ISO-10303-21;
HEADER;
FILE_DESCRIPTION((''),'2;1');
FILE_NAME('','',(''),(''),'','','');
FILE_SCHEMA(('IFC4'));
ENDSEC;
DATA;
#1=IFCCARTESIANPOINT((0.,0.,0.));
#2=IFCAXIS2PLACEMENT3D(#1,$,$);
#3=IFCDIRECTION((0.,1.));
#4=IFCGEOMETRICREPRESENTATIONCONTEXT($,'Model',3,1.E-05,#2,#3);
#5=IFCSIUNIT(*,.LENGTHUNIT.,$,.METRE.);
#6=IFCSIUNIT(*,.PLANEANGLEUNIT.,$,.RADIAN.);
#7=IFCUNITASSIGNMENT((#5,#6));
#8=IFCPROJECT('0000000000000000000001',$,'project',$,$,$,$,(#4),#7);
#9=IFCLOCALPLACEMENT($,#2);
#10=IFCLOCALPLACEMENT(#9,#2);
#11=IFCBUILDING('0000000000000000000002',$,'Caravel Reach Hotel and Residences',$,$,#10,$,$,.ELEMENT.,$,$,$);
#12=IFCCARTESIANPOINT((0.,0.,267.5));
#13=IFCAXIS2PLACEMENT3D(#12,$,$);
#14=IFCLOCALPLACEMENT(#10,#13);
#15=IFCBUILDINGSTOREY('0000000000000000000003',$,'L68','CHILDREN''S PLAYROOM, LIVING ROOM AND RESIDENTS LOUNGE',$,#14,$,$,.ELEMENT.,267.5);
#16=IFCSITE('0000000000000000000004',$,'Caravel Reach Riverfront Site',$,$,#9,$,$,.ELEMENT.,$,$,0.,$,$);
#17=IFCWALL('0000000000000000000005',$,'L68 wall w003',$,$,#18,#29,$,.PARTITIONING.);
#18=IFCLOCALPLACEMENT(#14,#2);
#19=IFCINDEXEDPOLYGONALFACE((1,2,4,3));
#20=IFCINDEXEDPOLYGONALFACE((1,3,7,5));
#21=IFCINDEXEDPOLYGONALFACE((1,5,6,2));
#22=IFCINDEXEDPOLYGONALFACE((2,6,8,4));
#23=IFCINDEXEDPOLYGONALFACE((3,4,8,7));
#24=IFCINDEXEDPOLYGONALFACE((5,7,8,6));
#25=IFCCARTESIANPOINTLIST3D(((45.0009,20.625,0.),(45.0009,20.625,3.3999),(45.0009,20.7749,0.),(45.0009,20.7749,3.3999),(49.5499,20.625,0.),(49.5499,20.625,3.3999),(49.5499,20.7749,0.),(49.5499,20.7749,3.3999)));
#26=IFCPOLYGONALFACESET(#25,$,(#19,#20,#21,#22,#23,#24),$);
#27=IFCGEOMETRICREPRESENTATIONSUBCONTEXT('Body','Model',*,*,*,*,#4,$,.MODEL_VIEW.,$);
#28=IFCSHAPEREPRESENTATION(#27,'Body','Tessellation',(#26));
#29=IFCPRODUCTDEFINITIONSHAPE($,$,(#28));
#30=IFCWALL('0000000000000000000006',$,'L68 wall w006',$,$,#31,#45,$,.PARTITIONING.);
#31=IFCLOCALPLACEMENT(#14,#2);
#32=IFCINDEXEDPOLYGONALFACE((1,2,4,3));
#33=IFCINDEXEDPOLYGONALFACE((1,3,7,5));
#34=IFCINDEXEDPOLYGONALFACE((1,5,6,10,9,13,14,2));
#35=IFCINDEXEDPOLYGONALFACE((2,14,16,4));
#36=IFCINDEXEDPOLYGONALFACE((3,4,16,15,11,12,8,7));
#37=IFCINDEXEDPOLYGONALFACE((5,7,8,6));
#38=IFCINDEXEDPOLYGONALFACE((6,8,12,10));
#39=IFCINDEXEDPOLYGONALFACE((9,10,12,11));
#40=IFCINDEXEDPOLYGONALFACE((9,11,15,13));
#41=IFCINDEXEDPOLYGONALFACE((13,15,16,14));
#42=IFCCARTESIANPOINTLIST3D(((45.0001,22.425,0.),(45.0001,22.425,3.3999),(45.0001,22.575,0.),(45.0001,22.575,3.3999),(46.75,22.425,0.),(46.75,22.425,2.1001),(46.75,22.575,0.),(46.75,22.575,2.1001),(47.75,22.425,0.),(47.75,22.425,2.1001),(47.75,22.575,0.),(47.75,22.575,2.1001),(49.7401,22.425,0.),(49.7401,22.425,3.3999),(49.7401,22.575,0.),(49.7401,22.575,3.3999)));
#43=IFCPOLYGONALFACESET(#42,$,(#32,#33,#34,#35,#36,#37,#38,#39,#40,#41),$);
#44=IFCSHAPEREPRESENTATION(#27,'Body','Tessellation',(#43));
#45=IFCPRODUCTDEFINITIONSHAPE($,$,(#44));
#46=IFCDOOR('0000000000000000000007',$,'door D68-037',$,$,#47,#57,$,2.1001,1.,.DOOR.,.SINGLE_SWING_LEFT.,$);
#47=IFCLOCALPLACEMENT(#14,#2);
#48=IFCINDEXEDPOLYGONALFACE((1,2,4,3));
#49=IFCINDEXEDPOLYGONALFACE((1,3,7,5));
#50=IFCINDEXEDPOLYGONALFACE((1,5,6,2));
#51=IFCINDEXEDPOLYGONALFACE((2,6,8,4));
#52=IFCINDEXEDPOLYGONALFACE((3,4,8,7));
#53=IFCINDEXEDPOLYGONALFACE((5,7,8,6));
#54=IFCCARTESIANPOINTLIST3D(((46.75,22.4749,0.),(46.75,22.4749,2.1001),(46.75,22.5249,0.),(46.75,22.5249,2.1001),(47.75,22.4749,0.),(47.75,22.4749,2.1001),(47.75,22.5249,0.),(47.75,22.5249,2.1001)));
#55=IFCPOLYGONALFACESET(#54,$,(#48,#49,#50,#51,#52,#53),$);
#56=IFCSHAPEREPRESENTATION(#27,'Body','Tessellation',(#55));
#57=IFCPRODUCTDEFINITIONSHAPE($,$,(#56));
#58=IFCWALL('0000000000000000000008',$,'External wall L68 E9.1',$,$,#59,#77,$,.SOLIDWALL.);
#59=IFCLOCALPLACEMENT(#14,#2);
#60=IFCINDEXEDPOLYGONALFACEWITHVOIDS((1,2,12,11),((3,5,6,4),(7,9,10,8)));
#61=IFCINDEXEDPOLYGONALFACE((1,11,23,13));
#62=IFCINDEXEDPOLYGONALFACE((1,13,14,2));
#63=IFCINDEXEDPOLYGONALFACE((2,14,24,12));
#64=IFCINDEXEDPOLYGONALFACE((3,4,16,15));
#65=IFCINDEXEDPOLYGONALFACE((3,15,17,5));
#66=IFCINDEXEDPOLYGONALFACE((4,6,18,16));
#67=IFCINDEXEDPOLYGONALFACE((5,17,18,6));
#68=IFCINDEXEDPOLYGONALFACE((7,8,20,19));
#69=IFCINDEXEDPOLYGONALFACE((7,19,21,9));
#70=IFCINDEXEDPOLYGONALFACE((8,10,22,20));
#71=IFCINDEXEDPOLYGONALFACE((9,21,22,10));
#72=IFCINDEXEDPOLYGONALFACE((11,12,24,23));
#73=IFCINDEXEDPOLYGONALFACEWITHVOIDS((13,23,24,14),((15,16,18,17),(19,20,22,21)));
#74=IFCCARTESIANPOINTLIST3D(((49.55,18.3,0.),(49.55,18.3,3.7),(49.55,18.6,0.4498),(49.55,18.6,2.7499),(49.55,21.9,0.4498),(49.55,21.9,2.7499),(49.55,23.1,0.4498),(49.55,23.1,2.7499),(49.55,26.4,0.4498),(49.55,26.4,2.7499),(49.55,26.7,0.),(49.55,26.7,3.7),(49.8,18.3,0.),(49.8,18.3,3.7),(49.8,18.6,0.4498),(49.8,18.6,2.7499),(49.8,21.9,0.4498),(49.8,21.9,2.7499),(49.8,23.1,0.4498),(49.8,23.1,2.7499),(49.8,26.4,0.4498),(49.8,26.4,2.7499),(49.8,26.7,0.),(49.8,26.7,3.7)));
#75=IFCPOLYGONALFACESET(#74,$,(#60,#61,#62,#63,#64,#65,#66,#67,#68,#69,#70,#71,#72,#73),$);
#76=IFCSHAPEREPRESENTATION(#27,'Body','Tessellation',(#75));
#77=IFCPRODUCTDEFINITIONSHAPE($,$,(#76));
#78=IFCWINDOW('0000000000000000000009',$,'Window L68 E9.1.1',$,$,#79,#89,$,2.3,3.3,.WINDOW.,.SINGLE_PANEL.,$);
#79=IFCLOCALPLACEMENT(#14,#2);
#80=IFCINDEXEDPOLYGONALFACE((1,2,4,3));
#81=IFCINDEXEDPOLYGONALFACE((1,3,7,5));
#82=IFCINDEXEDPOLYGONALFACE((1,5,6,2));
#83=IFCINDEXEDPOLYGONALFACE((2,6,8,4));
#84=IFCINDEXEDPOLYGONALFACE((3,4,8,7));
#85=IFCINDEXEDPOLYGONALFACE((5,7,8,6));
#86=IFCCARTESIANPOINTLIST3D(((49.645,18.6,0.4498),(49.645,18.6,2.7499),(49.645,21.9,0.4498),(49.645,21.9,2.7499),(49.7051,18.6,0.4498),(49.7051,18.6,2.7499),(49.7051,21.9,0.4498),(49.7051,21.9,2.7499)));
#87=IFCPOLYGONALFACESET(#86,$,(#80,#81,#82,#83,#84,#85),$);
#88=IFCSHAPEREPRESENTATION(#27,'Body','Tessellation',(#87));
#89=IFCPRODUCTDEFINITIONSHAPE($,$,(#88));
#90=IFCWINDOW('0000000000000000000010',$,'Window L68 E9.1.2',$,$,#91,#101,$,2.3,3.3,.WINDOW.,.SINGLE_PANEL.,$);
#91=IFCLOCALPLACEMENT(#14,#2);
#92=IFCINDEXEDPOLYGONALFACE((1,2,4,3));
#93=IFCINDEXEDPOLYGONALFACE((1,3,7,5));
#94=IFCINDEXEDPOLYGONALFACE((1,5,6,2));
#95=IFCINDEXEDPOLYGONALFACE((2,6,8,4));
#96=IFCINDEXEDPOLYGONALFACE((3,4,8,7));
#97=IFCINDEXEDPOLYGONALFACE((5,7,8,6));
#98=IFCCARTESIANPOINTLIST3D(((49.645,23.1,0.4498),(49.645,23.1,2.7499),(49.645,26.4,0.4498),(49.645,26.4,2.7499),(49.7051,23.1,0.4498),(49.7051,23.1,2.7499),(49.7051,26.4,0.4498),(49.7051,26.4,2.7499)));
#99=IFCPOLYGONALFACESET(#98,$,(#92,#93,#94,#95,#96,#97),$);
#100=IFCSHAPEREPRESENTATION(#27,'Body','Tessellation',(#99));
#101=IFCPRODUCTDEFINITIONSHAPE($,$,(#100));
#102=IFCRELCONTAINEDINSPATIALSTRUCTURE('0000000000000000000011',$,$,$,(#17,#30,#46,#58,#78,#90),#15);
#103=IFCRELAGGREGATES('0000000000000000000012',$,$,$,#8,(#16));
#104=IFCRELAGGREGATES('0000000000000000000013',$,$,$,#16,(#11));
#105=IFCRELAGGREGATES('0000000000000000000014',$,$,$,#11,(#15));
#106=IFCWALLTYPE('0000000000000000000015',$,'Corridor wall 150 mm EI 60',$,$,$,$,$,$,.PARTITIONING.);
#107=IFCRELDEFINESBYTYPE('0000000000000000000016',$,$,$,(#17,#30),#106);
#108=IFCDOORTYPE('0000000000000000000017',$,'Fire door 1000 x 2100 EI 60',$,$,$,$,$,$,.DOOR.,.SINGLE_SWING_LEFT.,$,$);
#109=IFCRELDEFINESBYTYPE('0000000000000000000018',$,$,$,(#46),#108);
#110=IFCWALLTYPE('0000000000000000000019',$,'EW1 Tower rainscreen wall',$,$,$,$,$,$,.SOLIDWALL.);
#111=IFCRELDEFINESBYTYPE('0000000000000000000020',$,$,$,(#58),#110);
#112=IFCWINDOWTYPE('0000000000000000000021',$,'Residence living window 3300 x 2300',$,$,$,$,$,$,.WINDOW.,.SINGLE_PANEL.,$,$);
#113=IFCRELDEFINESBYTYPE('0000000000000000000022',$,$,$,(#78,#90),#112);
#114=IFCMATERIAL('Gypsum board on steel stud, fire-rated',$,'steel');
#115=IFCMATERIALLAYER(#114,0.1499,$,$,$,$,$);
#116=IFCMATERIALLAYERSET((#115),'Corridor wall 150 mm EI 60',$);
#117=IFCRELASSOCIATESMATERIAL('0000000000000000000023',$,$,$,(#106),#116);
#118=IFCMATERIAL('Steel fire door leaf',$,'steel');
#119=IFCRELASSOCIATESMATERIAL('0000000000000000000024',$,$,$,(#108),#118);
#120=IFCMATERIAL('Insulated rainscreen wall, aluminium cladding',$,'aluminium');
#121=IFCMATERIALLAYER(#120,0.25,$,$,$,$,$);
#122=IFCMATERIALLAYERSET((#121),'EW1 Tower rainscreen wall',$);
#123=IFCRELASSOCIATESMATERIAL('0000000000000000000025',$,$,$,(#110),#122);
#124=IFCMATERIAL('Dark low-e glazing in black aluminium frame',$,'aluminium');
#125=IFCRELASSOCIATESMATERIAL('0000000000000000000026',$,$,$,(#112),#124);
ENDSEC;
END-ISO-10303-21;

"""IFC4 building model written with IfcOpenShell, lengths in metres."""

from ifc_helpers import new_model, si_unit, direction, frame, frame_2d, origin, place, context, subcontext, project, spatial, rectangle, extrude, material, layer, layer_set, type_object, element, fill, save


model = new_model("IFC4")

# Units and contexts
model_context = context("Model", 3, precision=1e-05, world=origin(), true_north=direction((0.0, 1.0)))
body_context = subcontext(model_context, "Body", "Model", "MODEL_VIEW")
ifc_project = project(units=[si_unit("LENGTHUNIT", "METRE"), si_unit("PLANEANGLEUNIT", "RADIAN")], contexts=[model_context])

# Site, building, storey
site_placement = place(None, origin())
site = spatial("IfcSite", under=ifc_project, at=site_placement, Name="Caravel Reach Riverfront Site", CompositionType="ELEMENT", RefElevation=0.0)
building_placement = place(site_placement, origin())
building = spatial("IfcBuilding", under=site, at=building_placement, Name="Caravel Reach Hotel and Residences", CompositionType="ELEMENT")
storey_placement = place(building_placement, frame((0.0, 0.0, 267.5)))
storey = spatial("IfcBuildingStorey", under=building, at=storey_placement, Name="L68", Description="CHILDREN'S PLAYROOM, LIVING ROOM AND RESIDENTS LOUNGE", CompositionType="ELEMENT", Elevation=267.5)

# Wall
ifc_material_1 = material(Name="Gypsum board on steel stud, fire-rated", Category="steel")
ifc_layer_1 = layer(ifc_material_1, 0.1499)
ifc_layer_set_1 = layer_set([ifc_layer_1], Name="Corridor wall 150 mm EI 60")
wall_type_1 = type_object("IfcWallType", Name="Corridor wall 150 mm EI 60", PredefinedType="PARTITIONING", material=ifc_layer_set_1)
wall_1_placement = place(storey_placement, frame((45.001, 20.7, 0.0), z_axis=(0.0, 0.0, 1.0), x_axis=(1.0, 0.0, 0.0)))
element("IfcWall", 1, at=wall_1_placement, inside=storey, type_object=wall_type_1, Name="L68 wall w003", PredefinedType="PARTITIONING", context=body_context, shape_type="SweptSolid", body=[
    extrude(rectangle(XDim=4.5491, YDim=0.1499, at=frame_2d((2.2744, 0.0))), origin(), (0.0, 0.0, 1.0), 3.3999),
])

# Wall, opening, door
wall_2_placement = place(storey_placement, frame((45.0, 22.5, 0.0), z_axis=(0.0, 0.0, 1.0), x_axis=(1.0, 0.0, 0.0)))
wall_2 = element("IfcWall", 2, at=wall_2_placement, inside=storey, type_object=wall_type_1, Name="L68 wall w006", PredefinedType="PARTITIONING", context=body_context, shape_type="SweptSolid", body=[
    extrude(rectangle(XDim=4.74, YDim=0.1499, at=frame_2d((2.3701, 0.0))), origin(), (0.0, 0.0, 1.0), 3.3999),
])
opening_1_placement = place(wall_2_placement, frame((1.75, 0.0, 0.0)))
opening_1 = element("IfcOpeningElement", 3, at=opening_1_placement, cuts=wall_2, PredefinedType="OPENING", context=body_context, shape_type="SweptSolid", body=[
    extrude(rectangle(XDim=1.0, YDim=2.1001, at=frame_2d((0.5, 1.05))), frame((0.0, 0.085, 0.0), z_axis=(0.0, -1.0, 0.0), x_axis=(1.0, 0.0, 0.0)), (0.0, 0.0, 1.0), 0.1699),
])
ifc_material_2 = material(Name="Steel fire door leaf", Category="steel")
door_type = type_object("IfcDoorType", Name="Fire door 1000 x 2100 EI 60", OperationType="SINGLE_SWING_LEFT", PredefinedType="DOOR", material=ifc_material_2)
door_placement = place(opening_1_placement, origin())
door = element("IfcDoor", 4, at=door_placement, inside=storey, type_object=door_type, Name="door D68-037", OperationType="SINGLE_SWING_LEFT", OverallHeight=2.1001, OverallWidth=1.0, PredefinedType="DOOR", context=body_context, shape_type="SweptSolid", body=[
    extrude(rectangle(XDim=1.0, YDim=2.1001, at=frame_2d((0.5, 1.05))), frame((0.0, 0.0249, 0.0), z_axis=(0.0, -1.0, 0.0), x_axis=(1.0, 0.0, 0.0)), (0.0, 0.0, 1.0), 0.05),
])
fill(opening_1, door)

# Wall, openings, windows
ifc_material_3 = material(Name="Insulated rainscreen wall, aluminium cladding", Category="aluminium")
ifc_layer_2 = layer(ifc_material_3, 0.25)
ifc_layer_set_2 = layer_set([ifc_layer_2], Name="EW1 Tower rainscreen wall")
wall_type_2 = type_object("IfcWallType", Name="EW1 Tower rainscreen wall", PredefinedType="SOLIDWALL", material=ifc_layer_set_2)
wall_3_placement = place(storey_placement, frame((49.675, 18.3, 0.0), z_axis=(0.0, 0.0, 1.0), x_axis=(0.0, 1.0, 0.0)))
wall_3 = element("IfcWall", 5, at=wall_3_placement, inside=storey, type_object=wall_type_2, Name="External wall L68 E9.1", PredefinedType="SOLIDWALL", context=body_context, shape_type="SweptSolid", body=[
    extrude(rectangle(XDim=8.3999, YDim=0.25, at=frame_2d((4.2, 0.0))), origin(), (0.0, 0.0, 1.0), 3.7),
])
opening_2_placement = place(wall_3_placement, frame((0.3, 0.0, 0.45)))
opening_2 = element("IfcOpeningElement", 6, at=opening_2_placement, cuts=wall_3, PredefinedType="OPENING", context=body_context, shape_type="SweptSolid", body=[
    extrude(rectangle(XDim=3.3, YDim=2.3, at=frame_2d((1.6499, 1.1499))), frame((0.0, 0.135, 0.0), z_axis=(0.0, -1.0, 0.0), x_axis=(1.0, 0.0, 0.0)), (0.0, 0.0, 1.0), 0.27),
])
opening_3_placement = place(wall_3_placement, frame((4.8, 0.0, 0.45)))
opening_3 = element("IfcOpeningElement", 7, at=opening_3_placement, cuts=wall_3, PredefinedType="OPENING", context=body_context, shape_type="SweptSolid", body=[
    extrude(rectangle(XDim=3.3, YDim=2.3, at=frame_2d((1.6499, 1.1499))), frame((0.0, 0.135, 0.0), z_axis=(0.0, -1.0, 0.0), x_axis=(1.0, 0.0, 0.0)), (0.0, 0.0, 1.0), 0.27),
])
ifc_material_4 = material(Name="Dark low-e glazing in black aluminium frame", Category="aluminium")
window_type = type_object("IfcWindowType", Name="Residence living window 3300 x 2300", PartitioningType="SINGLE_PANEL", PredefinedType="WINDOW", material=ifc_material_4)
window_1_placement = place(opening_2_placement, origin())
window_1 = element("IfcWindow", 8, at=window_1_placement, inside=storey, type_object=window_type, Name="Window L68 E9.1.1", OverallHeight=2.3, OverallWidth=3.3, PartitioningType="SINGLE_PANEL", PredefinedType="WINDOW", context=body_context, shape_type="SweptSolid", body=[
    extrude(rectangle(XDim=3.3, YDim=2.3, at=frame_2d((1.6499, 1.1499))), frame((0.0, 0.03, 0.0), z_axis=(0.0, -1.0, 0.0), x_axis=(1.0, 0.0, 0.0)), (0.0, 0.0, 1.0), 0.0601),
])
fill(opening_2, window_1)
window_2_placement = place(opening_3_placement, origin())
window_2 = element("IfcWindow", 9, at=window_2_placement, inside=storey, type_object=window_type, Name="Window L68 E9.1.2", OverallHeight=2.3, OverallWidth=3.3, PartitioningType="SINGLE_PANEL", PredefinedType="WINDOW", context=body_context, shape_type="SweptSolid", body=[
    extrude(rectangle(XDim=3.3, YDim=2.3, at=frame_2d((1.6499, 1.1499))), frame((0.0, 0.03, 0.0), z_axis=(0.0, -1.0, 0.0), x_axis=(1.0, 0.0, 0.0)), (0.0, 0.0, 1.0), 0.0601),
])
fill(opening_3, window_2)

save(model, "model.ifc")
